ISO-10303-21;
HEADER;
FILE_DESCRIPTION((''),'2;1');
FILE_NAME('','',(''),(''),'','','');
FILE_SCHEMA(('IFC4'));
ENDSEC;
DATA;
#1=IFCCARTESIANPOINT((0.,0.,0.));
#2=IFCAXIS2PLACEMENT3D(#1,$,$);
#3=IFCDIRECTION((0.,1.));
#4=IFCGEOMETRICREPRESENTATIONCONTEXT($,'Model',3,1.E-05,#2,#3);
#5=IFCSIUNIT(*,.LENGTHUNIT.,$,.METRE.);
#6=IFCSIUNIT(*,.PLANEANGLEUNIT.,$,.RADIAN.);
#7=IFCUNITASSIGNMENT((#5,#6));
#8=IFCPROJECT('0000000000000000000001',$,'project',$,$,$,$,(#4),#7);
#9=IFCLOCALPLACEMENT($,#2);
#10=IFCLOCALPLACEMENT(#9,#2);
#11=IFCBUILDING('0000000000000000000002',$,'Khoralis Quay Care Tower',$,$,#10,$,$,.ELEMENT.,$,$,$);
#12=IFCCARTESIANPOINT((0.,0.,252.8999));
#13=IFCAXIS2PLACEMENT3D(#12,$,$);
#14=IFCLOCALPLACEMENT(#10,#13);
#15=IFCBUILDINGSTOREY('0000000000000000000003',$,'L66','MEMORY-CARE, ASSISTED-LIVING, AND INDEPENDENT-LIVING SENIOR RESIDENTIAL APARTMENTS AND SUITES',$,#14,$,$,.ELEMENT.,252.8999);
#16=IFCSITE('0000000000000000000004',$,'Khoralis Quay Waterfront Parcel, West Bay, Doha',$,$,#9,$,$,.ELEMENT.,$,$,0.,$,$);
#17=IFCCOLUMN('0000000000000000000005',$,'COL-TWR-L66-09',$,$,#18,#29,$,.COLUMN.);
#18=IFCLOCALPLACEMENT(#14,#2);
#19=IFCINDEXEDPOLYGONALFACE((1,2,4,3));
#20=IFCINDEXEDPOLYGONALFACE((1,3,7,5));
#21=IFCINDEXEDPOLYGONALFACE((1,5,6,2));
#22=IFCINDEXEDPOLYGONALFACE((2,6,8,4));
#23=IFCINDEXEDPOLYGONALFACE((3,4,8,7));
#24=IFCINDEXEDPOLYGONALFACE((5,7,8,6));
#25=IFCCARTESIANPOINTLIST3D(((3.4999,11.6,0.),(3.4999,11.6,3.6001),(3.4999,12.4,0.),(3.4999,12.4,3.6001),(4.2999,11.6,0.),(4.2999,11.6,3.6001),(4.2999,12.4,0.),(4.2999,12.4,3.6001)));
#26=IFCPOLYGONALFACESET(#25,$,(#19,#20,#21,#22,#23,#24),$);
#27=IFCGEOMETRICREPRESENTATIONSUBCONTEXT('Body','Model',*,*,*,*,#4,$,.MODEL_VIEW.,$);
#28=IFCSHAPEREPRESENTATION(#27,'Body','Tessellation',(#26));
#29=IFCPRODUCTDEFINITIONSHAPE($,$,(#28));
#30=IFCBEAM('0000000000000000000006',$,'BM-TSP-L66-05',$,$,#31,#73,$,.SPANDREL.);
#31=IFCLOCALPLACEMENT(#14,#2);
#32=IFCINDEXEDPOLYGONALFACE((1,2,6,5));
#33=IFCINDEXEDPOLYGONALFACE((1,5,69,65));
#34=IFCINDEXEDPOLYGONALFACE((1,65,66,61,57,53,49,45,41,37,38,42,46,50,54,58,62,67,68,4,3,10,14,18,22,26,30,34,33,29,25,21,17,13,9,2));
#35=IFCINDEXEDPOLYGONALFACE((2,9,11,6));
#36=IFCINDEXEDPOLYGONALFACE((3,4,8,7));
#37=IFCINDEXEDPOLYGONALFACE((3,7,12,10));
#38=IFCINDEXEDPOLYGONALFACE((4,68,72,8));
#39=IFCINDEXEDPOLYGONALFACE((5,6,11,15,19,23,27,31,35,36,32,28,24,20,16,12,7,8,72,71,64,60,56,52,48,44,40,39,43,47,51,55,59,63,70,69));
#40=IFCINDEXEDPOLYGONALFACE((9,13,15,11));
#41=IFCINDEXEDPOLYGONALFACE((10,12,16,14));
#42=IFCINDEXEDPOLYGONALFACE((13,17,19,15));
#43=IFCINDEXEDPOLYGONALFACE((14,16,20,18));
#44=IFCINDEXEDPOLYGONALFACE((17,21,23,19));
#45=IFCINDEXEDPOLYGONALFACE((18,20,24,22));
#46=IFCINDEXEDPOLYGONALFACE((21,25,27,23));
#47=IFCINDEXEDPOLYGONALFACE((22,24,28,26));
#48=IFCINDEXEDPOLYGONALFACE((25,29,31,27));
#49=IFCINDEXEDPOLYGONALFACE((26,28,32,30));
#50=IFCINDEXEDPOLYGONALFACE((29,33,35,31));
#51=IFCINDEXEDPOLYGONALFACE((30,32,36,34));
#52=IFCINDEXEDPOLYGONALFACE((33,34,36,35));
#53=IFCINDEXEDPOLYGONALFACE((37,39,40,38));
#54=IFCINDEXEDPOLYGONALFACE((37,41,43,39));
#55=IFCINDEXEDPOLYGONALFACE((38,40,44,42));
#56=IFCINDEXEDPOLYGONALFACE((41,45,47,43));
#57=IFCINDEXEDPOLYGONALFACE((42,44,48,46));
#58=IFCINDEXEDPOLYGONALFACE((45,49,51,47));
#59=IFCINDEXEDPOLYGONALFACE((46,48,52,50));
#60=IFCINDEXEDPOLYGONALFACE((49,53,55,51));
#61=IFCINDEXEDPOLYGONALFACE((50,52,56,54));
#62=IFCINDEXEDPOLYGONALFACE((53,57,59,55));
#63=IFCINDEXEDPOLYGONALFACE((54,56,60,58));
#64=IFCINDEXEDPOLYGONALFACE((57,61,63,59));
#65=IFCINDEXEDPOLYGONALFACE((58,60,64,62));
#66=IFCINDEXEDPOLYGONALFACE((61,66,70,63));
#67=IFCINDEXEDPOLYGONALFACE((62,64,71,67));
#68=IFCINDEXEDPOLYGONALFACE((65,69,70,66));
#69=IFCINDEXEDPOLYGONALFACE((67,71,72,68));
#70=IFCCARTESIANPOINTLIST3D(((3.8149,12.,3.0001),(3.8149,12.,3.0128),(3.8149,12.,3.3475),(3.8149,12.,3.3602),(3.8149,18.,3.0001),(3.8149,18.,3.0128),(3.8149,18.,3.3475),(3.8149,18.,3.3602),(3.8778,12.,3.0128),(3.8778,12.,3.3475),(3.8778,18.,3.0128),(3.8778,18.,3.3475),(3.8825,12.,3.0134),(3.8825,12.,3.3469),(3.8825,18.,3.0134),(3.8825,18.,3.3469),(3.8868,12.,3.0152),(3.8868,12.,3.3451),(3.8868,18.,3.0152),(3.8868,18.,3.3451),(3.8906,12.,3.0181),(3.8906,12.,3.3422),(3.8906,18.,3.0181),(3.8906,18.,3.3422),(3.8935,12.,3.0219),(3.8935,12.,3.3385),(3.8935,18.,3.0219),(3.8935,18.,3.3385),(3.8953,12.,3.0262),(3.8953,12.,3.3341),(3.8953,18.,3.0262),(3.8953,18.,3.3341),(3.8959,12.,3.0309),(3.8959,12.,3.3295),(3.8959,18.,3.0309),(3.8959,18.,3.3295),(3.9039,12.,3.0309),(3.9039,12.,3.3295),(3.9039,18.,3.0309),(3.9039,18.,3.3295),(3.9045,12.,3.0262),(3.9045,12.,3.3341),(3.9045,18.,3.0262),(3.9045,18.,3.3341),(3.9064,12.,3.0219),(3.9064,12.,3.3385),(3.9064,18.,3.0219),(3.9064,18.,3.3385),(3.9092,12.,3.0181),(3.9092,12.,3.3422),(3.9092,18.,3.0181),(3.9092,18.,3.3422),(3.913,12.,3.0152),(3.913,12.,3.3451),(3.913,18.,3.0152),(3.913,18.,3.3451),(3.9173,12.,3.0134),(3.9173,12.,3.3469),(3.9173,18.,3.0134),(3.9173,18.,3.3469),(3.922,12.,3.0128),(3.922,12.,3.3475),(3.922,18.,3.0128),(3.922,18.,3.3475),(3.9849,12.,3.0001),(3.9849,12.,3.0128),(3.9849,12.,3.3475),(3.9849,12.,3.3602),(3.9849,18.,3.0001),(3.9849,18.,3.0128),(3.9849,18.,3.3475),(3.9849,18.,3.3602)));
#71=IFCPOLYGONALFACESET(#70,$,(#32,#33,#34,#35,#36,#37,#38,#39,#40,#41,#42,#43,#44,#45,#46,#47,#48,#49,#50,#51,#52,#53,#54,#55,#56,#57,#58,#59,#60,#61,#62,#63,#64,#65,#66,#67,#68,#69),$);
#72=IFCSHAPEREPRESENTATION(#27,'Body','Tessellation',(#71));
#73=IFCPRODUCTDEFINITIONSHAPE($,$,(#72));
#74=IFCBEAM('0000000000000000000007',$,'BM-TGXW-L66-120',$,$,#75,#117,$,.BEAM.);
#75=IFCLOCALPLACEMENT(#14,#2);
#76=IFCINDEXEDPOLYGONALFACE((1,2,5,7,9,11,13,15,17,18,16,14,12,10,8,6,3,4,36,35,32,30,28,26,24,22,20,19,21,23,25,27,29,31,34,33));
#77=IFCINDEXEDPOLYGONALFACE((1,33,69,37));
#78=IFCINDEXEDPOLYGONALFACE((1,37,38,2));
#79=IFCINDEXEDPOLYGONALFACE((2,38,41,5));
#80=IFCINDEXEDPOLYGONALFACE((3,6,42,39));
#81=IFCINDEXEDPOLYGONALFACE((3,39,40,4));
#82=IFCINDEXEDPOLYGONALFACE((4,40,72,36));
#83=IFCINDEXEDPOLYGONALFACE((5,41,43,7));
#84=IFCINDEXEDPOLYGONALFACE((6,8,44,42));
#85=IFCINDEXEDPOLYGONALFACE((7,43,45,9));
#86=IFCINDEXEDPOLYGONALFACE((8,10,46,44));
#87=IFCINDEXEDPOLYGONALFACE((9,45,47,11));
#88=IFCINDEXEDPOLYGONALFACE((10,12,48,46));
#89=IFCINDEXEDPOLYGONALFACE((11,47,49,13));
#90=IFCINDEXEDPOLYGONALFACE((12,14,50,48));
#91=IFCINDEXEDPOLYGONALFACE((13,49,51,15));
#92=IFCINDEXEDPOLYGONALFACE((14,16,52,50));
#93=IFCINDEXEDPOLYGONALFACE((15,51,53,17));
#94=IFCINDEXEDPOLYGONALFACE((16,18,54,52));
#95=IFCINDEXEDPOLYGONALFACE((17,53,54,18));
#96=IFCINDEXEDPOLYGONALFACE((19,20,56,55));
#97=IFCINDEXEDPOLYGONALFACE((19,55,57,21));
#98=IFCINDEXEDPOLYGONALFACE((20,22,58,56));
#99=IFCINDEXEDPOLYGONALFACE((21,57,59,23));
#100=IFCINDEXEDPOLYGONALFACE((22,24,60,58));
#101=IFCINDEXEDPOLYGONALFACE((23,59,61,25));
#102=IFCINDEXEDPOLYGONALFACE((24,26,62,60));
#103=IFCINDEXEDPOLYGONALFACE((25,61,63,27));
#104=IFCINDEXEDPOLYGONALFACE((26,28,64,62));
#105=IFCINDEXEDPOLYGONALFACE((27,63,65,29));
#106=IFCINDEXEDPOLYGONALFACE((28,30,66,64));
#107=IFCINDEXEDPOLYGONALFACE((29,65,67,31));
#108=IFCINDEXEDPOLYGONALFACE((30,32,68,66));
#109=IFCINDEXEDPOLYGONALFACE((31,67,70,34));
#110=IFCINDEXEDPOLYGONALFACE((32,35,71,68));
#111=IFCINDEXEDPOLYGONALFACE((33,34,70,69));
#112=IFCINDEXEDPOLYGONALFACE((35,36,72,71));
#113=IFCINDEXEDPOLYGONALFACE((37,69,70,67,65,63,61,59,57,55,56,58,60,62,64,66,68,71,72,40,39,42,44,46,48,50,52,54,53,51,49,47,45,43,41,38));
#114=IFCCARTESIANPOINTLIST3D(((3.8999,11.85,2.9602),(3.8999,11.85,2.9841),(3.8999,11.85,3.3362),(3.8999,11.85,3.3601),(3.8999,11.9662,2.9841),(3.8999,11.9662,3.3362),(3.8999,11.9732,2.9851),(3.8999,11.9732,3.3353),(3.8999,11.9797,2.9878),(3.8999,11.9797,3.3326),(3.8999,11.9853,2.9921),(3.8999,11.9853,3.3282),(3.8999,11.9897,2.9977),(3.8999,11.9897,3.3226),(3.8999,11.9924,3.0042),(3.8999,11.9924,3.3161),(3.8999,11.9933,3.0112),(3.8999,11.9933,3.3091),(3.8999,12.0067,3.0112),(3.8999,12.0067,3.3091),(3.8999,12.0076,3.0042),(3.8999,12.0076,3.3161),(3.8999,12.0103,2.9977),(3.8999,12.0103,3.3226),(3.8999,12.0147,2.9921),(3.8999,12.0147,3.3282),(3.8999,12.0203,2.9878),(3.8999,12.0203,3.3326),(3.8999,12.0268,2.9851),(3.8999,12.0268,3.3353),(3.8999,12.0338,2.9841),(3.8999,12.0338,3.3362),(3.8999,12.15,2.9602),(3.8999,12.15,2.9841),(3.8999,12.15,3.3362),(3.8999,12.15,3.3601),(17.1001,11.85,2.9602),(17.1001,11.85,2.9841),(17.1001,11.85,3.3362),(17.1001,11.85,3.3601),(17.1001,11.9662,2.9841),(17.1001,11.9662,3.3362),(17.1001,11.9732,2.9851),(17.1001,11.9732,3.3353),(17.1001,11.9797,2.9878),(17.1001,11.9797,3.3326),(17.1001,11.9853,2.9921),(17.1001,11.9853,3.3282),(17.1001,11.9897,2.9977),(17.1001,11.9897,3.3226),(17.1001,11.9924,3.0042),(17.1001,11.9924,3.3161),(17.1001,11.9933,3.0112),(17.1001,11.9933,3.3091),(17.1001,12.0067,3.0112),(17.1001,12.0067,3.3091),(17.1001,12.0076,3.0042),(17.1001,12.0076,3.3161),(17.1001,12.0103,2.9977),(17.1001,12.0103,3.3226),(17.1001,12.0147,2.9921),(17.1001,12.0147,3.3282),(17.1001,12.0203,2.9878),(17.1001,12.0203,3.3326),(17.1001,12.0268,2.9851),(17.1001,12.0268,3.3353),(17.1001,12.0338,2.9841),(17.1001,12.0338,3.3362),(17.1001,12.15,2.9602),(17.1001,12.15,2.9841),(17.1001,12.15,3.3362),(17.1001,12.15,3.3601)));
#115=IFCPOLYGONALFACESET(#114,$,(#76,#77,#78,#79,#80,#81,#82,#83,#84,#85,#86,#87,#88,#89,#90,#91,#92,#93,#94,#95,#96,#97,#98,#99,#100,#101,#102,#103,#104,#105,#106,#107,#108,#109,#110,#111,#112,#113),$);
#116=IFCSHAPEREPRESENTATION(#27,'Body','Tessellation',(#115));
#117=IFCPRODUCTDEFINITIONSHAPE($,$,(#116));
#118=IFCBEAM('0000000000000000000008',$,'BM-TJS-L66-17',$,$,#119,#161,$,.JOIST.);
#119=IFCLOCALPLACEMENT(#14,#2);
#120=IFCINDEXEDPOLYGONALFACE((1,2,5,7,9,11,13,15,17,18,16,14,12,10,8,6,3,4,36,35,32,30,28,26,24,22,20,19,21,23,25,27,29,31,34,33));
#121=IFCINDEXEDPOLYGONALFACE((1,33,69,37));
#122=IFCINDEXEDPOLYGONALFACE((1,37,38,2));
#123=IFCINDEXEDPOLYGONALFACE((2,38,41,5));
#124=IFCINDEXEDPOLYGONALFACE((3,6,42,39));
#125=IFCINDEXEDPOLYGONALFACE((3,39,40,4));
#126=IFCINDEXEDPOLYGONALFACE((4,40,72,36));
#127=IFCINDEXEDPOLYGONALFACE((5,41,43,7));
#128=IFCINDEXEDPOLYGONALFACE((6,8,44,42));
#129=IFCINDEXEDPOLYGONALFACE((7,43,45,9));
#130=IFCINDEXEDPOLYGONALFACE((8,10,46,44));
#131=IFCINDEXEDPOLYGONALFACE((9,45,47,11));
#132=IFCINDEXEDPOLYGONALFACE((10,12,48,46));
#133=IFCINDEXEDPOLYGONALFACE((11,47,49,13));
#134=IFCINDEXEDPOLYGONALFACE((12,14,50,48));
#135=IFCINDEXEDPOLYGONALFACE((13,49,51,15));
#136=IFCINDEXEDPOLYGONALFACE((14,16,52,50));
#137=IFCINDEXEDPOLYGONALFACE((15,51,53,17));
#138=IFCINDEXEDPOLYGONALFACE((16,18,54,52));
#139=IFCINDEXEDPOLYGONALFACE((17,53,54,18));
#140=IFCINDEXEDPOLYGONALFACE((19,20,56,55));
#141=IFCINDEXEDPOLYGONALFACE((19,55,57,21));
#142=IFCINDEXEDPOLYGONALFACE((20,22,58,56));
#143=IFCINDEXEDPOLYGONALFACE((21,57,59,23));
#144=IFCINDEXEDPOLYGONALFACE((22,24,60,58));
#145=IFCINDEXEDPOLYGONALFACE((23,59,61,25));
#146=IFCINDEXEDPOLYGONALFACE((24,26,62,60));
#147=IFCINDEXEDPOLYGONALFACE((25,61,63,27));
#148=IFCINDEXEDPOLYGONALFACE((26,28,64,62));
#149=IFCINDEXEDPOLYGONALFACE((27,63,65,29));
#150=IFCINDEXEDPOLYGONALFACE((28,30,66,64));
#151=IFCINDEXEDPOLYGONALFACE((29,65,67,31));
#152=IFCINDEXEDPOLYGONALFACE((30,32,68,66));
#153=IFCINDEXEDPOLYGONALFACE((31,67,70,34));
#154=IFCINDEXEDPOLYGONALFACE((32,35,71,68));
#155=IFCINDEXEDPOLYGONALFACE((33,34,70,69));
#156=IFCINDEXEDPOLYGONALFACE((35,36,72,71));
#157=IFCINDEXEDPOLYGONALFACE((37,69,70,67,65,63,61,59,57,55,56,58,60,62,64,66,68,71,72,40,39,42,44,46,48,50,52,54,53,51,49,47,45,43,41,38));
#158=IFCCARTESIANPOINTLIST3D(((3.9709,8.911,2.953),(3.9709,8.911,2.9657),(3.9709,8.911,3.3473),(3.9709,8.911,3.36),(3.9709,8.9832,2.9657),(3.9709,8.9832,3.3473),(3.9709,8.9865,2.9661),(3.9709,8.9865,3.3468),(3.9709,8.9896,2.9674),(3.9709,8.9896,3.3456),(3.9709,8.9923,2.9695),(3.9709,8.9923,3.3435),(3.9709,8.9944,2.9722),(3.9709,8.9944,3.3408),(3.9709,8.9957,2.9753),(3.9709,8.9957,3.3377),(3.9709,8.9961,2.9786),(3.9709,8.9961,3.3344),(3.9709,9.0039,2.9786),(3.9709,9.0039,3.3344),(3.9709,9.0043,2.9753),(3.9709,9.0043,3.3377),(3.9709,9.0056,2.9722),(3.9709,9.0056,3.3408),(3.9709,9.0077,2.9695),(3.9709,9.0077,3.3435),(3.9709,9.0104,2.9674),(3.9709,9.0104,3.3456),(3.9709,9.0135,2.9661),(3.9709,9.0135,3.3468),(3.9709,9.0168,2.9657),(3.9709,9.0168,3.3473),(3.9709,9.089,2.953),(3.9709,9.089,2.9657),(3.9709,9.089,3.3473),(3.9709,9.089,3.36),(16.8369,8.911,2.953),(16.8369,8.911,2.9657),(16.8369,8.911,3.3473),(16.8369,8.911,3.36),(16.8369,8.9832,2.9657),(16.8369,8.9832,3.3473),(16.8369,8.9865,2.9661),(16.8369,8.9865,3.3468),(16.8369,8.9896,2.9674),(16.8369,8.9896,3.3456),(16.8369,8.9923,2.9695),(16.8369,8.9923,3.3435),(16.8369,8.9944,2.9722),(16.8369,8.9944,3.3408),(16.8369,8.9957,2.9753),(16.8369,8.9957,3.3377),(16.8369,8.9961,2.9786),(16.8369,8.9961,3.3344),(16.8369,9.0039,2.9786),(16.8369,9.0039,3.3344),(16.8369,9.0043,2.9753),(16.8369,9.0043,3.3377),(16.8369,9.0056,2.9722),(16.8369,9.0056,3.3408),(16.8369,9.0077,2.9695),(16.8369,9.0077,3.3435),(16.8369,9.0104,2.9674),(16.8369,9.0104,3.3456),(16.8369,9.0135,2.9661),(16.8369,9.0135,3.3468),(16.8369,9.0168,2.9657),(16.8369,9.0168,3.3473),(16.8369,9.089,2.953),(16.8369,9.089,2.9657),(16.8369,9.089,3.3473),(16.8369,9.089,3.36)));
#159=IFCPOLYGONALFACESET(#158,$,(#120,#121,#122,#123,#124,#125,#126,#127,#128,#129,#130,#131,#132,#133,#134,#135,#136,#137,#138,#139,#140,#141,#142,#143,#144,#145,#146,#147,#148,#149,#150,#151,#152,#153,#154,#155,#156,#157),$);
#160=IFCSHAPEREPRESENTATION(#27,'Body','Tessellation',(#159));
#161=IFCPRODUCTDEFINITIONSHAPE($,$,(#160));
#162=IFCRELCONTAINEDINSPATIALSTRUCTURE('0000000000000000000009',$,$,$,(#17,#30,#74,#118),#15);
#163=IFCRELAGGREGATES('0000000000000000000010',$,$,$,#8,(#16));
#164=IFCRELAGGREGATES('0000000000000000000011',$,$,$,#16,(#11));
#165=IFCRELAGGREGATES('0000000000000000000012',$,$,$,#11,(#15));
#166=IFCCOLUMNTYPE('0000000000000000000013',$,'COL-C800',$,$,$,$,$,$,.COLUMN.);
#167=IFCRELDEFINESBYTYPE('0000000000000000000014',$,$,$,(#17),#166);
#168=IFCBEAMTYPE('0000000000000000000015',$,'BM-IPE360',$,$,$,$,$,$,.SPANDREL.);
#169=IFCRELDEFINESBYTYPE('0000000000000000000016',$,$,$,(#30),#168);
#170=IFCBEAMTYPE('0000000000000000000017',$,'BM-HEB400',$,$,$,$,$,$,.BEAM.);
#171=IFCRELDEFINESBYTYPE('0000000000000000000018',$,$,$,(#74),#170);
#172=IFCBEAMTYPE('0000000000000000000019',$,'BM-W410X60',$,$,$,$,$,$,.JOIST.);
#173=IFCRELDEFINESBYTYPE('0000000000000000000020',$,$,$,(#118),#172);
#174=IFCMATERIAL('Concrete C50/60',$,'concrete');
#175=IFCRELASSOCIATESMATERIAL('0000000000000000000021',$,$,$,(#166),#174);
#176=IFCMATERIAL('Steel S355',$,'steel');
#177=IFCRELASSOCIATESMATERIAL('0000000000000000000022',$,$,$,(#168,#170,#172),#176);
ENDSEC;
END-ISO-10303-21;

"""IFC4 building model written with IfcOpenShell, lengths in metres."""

from ifc_helpers import new_model, si_unit, direction, frame, origin, origin_2d, place, context, subcontext, project, spatial, rectangle, i_section, extrude, source, transform, mapped, material, material_profile, profile_set, type_object, element, save


model = new_model("IFC4")

# Units and contexts
model_context = context("Model", 3, precision=1e-05, world=origin(), true_north=direction((0.0, 1.0)))
body_context = subcontext(model_context, "Body", "Model", "MODEL_VIEW")
ifc_project = project(units=[si_unit("LENGTHUNIT", "METRE"), si_unit("PLANEANGLEUNIT", "RADIAN")], contexts=[model_context])

# Site, building, storey
site_placement = place(None, origin())
site = spatial("IfcSite", under=ifc_project, at=site_placement, Name="Khoralis Quay Waterfront Parcel, West Bay, Doha", CompositionType="ELEMENT", RefElevation=0.0)
building_placement = place(site_placement, origin())
building = spatial("IfcBuilding", under=site, at=building_placement, Name="Khoralis Quay Care Tower", CompositionType="ELEMENT")
storey_placement = place(building_placement, frame((0.0, 0.0, 252.8999)))
storey = spatial("IfcBuildingStorey", under=building, at=storey_placement, Name="L66", Description="MEMORY-CARE, ASSISTED-LIVING, AND INDEPENDENT-LIVING SENIOR RESIDENTIAL APARTMENTS AND SUITES", CompositionType="ELEMENT", Elevation=252.8999)

# Column
ifc_material_1 = material(Name="Concrete C50/60", Category="concrete")
ifc_material_profile_1 = material_profile(ifc_material_1, rectangle(XDim=0.8, YDim=0.8, at=origin_2d()), Name="Concrete C50/60")
ifc_profile_set_1 = profile_set([ifc_material_profile_1], Name="Concrete C50/60")
column_type = type_object("IfcColumnType", Name="COL-C800", PredefinedType="COLUMN", material=ifc_profile_set_1)
shared_shape_1 = source(origin(), body_context, "Body", "SweptSolid", [
    extrude(rectangle(XDim=0.8, YDim=0.8, at=origin_2d()), origin(), (0.0, 0.0, 1.0), 3.6001),
])
column_placement = place(storey_placement, frame((3.8999, 12.0, 0.0), z_axis=(0.0, 0.0, 1.0), x_axis=(1.0, 0.0, 0.0)))
element("IfcColumn", 1, at=column_placement, inside=storey, type_object=column_type, Name="COL-TWR-L66-09", PredefinedType="COLUMN", context=body_context, shape_type="MappedRepresentation", body=[
    mapped(shared_shape_1, transform((0.0, 0.0, 0.0), scale=1.0)),
])

# Beams
ifc_material_2 = material(Name="Steel S355", Category="steel")
ifc_material_profile_2 = material_profile(ifc_material_2, i_section(OverallWidth=0.1699, OverallDepth=0.3601, WebThickness=0.0081, FlangeThickness=0.0127, FilletRadius=0.0181, at=origin_2d()), Name="Steel S355")
ifc_profile_set_2 = profile_set([ifc_material_profile_2], Name="Steel S355")
beam_type_1 = type_object("IfcBeamType", Name="BM-IPE360", PredefinedType="SPANDREL", material=ifc_profile_set_2)
shared_shape_2 = source(origin(), body_context, "Body", "SweptSolid", [
    extrude(i_section(OverallWidth=0.1699, OverallDepth=0.3601, WebThickness=0.0081, FlangeThickness=0.0127, FilletRadius=0.0181, at=origin_2d()), origin(), (0.0, 0.0, 1.0), 6.0),
])
beam_1_placement = place(storey_placement, frame((3.8999, 12.0, 3.1802), z_axis=(0.0, 1.0, 0.0), x_axis=(-1.0, 0.0, 0.0)))
element("IfcBeam", 2, at=beam_1_placement, inside=storey, type_object=beam_type_1, Name="BM-TSP-L66-05", PredefinedType="SPANDREL", context=body_context, shape_type="MappedRepresentation", body=[
    mapped(shared_shape_2, transform((0.0, 0.0, 0.0), scale=1.0)),
])
ifc_material_profile_3 = material_profile(ifc_material_2, i_section(OverallWidth=0.3, OverallDepth=0.3999, WebThickness=0.0134, FlangeThickness=0.0239, FilletRadius=0.0271, at=origin_2d()), Name="Steel S355")
ifc_profile_set_3 = profile_set([ifc_material_profile_3], Name="Steel S355")
beam_type_2 = type_object("IfcBeamType", Name="BM-HEB400", PredefinedType="BEAM", material=ifc_profile_set_3)
shared_shape_3 = source(origin(), body_context, "Body", "SweptSolid", [
    extrude(i_section(OverallWidth=0.3, OverallDepth=0.3999, WebThickness=0.0134, FlangeThickness=0.0239, FilletRadius=0.0271, at=origin_2d()), origin(), (0.0, 0.0, 1.0), 13.2002),
])
beam_2_placement = place(storey_placement, frame((3.8999, 12.0, 3.1602), z_axis=(1.0, 0.0, 0.0), x_axis=(0.0, 1.0, 0.0)))
element("IfcBeam", 3, at=beam_2_placement, inside=storey, type_object=beam_type_2, Name="BM-TGXW-L66-120", PredefinedType="BEAM", context=body_context, shape_type="MappedRepresentation", body=[
    mapped(shared_shape_3, transform((0.0, 0.0, 0.0), scale=1.0)),
])
ifc_material_profile_4 = material_profile(ifc_material_2, i_section(OverallWidth=0.178, OverallDepth=0.407, WebThickness=0.0078, FlangeThickness=0.0127, FilletRadius=0.0129, at=origin_2d()), Name="Steel S355")
ifc_profile_set_4 = profile_set([ifc_material_profile_4], Name="Steel S355")
beam_type_3 = type_object("IfcBeamType", Name="BM-W410X60", PredefinedType="JOIST", material=ifc_profile_set_4)
shared_shape_4 = source(origin(), body_context, "Body", "SweptSolid", [
    extrude(i_section(OverallWidth=0.178, OverallDepth=0.407, WebThickness=0.0078, FlangeThickness=0.0127, FilletRadius=0.0129, at=origin_2d()), origin(), (0.0, 0.0, 1.0), 12.866),
])
beam_3_placement = place(storey_placement, frame((3.9709, 9.0, 3.1565), z_axis=(1.0, 0.0, 0.0), x_axis=(0.0, 1.0, 0.0)))
element("IfcBeam", 4, at=beam_3_placement, inside=storey, type_object=beam_type_3, Name="BM-TJS-L66-17", PredefinedType="JOIST", context=body_context, shape_type="MappedRepresentation", body=[
    mapped(shared_shape_4, transform((0.0, 0.0, 0.0), scale=1.0)),
])

save(model, "model.ifc")
